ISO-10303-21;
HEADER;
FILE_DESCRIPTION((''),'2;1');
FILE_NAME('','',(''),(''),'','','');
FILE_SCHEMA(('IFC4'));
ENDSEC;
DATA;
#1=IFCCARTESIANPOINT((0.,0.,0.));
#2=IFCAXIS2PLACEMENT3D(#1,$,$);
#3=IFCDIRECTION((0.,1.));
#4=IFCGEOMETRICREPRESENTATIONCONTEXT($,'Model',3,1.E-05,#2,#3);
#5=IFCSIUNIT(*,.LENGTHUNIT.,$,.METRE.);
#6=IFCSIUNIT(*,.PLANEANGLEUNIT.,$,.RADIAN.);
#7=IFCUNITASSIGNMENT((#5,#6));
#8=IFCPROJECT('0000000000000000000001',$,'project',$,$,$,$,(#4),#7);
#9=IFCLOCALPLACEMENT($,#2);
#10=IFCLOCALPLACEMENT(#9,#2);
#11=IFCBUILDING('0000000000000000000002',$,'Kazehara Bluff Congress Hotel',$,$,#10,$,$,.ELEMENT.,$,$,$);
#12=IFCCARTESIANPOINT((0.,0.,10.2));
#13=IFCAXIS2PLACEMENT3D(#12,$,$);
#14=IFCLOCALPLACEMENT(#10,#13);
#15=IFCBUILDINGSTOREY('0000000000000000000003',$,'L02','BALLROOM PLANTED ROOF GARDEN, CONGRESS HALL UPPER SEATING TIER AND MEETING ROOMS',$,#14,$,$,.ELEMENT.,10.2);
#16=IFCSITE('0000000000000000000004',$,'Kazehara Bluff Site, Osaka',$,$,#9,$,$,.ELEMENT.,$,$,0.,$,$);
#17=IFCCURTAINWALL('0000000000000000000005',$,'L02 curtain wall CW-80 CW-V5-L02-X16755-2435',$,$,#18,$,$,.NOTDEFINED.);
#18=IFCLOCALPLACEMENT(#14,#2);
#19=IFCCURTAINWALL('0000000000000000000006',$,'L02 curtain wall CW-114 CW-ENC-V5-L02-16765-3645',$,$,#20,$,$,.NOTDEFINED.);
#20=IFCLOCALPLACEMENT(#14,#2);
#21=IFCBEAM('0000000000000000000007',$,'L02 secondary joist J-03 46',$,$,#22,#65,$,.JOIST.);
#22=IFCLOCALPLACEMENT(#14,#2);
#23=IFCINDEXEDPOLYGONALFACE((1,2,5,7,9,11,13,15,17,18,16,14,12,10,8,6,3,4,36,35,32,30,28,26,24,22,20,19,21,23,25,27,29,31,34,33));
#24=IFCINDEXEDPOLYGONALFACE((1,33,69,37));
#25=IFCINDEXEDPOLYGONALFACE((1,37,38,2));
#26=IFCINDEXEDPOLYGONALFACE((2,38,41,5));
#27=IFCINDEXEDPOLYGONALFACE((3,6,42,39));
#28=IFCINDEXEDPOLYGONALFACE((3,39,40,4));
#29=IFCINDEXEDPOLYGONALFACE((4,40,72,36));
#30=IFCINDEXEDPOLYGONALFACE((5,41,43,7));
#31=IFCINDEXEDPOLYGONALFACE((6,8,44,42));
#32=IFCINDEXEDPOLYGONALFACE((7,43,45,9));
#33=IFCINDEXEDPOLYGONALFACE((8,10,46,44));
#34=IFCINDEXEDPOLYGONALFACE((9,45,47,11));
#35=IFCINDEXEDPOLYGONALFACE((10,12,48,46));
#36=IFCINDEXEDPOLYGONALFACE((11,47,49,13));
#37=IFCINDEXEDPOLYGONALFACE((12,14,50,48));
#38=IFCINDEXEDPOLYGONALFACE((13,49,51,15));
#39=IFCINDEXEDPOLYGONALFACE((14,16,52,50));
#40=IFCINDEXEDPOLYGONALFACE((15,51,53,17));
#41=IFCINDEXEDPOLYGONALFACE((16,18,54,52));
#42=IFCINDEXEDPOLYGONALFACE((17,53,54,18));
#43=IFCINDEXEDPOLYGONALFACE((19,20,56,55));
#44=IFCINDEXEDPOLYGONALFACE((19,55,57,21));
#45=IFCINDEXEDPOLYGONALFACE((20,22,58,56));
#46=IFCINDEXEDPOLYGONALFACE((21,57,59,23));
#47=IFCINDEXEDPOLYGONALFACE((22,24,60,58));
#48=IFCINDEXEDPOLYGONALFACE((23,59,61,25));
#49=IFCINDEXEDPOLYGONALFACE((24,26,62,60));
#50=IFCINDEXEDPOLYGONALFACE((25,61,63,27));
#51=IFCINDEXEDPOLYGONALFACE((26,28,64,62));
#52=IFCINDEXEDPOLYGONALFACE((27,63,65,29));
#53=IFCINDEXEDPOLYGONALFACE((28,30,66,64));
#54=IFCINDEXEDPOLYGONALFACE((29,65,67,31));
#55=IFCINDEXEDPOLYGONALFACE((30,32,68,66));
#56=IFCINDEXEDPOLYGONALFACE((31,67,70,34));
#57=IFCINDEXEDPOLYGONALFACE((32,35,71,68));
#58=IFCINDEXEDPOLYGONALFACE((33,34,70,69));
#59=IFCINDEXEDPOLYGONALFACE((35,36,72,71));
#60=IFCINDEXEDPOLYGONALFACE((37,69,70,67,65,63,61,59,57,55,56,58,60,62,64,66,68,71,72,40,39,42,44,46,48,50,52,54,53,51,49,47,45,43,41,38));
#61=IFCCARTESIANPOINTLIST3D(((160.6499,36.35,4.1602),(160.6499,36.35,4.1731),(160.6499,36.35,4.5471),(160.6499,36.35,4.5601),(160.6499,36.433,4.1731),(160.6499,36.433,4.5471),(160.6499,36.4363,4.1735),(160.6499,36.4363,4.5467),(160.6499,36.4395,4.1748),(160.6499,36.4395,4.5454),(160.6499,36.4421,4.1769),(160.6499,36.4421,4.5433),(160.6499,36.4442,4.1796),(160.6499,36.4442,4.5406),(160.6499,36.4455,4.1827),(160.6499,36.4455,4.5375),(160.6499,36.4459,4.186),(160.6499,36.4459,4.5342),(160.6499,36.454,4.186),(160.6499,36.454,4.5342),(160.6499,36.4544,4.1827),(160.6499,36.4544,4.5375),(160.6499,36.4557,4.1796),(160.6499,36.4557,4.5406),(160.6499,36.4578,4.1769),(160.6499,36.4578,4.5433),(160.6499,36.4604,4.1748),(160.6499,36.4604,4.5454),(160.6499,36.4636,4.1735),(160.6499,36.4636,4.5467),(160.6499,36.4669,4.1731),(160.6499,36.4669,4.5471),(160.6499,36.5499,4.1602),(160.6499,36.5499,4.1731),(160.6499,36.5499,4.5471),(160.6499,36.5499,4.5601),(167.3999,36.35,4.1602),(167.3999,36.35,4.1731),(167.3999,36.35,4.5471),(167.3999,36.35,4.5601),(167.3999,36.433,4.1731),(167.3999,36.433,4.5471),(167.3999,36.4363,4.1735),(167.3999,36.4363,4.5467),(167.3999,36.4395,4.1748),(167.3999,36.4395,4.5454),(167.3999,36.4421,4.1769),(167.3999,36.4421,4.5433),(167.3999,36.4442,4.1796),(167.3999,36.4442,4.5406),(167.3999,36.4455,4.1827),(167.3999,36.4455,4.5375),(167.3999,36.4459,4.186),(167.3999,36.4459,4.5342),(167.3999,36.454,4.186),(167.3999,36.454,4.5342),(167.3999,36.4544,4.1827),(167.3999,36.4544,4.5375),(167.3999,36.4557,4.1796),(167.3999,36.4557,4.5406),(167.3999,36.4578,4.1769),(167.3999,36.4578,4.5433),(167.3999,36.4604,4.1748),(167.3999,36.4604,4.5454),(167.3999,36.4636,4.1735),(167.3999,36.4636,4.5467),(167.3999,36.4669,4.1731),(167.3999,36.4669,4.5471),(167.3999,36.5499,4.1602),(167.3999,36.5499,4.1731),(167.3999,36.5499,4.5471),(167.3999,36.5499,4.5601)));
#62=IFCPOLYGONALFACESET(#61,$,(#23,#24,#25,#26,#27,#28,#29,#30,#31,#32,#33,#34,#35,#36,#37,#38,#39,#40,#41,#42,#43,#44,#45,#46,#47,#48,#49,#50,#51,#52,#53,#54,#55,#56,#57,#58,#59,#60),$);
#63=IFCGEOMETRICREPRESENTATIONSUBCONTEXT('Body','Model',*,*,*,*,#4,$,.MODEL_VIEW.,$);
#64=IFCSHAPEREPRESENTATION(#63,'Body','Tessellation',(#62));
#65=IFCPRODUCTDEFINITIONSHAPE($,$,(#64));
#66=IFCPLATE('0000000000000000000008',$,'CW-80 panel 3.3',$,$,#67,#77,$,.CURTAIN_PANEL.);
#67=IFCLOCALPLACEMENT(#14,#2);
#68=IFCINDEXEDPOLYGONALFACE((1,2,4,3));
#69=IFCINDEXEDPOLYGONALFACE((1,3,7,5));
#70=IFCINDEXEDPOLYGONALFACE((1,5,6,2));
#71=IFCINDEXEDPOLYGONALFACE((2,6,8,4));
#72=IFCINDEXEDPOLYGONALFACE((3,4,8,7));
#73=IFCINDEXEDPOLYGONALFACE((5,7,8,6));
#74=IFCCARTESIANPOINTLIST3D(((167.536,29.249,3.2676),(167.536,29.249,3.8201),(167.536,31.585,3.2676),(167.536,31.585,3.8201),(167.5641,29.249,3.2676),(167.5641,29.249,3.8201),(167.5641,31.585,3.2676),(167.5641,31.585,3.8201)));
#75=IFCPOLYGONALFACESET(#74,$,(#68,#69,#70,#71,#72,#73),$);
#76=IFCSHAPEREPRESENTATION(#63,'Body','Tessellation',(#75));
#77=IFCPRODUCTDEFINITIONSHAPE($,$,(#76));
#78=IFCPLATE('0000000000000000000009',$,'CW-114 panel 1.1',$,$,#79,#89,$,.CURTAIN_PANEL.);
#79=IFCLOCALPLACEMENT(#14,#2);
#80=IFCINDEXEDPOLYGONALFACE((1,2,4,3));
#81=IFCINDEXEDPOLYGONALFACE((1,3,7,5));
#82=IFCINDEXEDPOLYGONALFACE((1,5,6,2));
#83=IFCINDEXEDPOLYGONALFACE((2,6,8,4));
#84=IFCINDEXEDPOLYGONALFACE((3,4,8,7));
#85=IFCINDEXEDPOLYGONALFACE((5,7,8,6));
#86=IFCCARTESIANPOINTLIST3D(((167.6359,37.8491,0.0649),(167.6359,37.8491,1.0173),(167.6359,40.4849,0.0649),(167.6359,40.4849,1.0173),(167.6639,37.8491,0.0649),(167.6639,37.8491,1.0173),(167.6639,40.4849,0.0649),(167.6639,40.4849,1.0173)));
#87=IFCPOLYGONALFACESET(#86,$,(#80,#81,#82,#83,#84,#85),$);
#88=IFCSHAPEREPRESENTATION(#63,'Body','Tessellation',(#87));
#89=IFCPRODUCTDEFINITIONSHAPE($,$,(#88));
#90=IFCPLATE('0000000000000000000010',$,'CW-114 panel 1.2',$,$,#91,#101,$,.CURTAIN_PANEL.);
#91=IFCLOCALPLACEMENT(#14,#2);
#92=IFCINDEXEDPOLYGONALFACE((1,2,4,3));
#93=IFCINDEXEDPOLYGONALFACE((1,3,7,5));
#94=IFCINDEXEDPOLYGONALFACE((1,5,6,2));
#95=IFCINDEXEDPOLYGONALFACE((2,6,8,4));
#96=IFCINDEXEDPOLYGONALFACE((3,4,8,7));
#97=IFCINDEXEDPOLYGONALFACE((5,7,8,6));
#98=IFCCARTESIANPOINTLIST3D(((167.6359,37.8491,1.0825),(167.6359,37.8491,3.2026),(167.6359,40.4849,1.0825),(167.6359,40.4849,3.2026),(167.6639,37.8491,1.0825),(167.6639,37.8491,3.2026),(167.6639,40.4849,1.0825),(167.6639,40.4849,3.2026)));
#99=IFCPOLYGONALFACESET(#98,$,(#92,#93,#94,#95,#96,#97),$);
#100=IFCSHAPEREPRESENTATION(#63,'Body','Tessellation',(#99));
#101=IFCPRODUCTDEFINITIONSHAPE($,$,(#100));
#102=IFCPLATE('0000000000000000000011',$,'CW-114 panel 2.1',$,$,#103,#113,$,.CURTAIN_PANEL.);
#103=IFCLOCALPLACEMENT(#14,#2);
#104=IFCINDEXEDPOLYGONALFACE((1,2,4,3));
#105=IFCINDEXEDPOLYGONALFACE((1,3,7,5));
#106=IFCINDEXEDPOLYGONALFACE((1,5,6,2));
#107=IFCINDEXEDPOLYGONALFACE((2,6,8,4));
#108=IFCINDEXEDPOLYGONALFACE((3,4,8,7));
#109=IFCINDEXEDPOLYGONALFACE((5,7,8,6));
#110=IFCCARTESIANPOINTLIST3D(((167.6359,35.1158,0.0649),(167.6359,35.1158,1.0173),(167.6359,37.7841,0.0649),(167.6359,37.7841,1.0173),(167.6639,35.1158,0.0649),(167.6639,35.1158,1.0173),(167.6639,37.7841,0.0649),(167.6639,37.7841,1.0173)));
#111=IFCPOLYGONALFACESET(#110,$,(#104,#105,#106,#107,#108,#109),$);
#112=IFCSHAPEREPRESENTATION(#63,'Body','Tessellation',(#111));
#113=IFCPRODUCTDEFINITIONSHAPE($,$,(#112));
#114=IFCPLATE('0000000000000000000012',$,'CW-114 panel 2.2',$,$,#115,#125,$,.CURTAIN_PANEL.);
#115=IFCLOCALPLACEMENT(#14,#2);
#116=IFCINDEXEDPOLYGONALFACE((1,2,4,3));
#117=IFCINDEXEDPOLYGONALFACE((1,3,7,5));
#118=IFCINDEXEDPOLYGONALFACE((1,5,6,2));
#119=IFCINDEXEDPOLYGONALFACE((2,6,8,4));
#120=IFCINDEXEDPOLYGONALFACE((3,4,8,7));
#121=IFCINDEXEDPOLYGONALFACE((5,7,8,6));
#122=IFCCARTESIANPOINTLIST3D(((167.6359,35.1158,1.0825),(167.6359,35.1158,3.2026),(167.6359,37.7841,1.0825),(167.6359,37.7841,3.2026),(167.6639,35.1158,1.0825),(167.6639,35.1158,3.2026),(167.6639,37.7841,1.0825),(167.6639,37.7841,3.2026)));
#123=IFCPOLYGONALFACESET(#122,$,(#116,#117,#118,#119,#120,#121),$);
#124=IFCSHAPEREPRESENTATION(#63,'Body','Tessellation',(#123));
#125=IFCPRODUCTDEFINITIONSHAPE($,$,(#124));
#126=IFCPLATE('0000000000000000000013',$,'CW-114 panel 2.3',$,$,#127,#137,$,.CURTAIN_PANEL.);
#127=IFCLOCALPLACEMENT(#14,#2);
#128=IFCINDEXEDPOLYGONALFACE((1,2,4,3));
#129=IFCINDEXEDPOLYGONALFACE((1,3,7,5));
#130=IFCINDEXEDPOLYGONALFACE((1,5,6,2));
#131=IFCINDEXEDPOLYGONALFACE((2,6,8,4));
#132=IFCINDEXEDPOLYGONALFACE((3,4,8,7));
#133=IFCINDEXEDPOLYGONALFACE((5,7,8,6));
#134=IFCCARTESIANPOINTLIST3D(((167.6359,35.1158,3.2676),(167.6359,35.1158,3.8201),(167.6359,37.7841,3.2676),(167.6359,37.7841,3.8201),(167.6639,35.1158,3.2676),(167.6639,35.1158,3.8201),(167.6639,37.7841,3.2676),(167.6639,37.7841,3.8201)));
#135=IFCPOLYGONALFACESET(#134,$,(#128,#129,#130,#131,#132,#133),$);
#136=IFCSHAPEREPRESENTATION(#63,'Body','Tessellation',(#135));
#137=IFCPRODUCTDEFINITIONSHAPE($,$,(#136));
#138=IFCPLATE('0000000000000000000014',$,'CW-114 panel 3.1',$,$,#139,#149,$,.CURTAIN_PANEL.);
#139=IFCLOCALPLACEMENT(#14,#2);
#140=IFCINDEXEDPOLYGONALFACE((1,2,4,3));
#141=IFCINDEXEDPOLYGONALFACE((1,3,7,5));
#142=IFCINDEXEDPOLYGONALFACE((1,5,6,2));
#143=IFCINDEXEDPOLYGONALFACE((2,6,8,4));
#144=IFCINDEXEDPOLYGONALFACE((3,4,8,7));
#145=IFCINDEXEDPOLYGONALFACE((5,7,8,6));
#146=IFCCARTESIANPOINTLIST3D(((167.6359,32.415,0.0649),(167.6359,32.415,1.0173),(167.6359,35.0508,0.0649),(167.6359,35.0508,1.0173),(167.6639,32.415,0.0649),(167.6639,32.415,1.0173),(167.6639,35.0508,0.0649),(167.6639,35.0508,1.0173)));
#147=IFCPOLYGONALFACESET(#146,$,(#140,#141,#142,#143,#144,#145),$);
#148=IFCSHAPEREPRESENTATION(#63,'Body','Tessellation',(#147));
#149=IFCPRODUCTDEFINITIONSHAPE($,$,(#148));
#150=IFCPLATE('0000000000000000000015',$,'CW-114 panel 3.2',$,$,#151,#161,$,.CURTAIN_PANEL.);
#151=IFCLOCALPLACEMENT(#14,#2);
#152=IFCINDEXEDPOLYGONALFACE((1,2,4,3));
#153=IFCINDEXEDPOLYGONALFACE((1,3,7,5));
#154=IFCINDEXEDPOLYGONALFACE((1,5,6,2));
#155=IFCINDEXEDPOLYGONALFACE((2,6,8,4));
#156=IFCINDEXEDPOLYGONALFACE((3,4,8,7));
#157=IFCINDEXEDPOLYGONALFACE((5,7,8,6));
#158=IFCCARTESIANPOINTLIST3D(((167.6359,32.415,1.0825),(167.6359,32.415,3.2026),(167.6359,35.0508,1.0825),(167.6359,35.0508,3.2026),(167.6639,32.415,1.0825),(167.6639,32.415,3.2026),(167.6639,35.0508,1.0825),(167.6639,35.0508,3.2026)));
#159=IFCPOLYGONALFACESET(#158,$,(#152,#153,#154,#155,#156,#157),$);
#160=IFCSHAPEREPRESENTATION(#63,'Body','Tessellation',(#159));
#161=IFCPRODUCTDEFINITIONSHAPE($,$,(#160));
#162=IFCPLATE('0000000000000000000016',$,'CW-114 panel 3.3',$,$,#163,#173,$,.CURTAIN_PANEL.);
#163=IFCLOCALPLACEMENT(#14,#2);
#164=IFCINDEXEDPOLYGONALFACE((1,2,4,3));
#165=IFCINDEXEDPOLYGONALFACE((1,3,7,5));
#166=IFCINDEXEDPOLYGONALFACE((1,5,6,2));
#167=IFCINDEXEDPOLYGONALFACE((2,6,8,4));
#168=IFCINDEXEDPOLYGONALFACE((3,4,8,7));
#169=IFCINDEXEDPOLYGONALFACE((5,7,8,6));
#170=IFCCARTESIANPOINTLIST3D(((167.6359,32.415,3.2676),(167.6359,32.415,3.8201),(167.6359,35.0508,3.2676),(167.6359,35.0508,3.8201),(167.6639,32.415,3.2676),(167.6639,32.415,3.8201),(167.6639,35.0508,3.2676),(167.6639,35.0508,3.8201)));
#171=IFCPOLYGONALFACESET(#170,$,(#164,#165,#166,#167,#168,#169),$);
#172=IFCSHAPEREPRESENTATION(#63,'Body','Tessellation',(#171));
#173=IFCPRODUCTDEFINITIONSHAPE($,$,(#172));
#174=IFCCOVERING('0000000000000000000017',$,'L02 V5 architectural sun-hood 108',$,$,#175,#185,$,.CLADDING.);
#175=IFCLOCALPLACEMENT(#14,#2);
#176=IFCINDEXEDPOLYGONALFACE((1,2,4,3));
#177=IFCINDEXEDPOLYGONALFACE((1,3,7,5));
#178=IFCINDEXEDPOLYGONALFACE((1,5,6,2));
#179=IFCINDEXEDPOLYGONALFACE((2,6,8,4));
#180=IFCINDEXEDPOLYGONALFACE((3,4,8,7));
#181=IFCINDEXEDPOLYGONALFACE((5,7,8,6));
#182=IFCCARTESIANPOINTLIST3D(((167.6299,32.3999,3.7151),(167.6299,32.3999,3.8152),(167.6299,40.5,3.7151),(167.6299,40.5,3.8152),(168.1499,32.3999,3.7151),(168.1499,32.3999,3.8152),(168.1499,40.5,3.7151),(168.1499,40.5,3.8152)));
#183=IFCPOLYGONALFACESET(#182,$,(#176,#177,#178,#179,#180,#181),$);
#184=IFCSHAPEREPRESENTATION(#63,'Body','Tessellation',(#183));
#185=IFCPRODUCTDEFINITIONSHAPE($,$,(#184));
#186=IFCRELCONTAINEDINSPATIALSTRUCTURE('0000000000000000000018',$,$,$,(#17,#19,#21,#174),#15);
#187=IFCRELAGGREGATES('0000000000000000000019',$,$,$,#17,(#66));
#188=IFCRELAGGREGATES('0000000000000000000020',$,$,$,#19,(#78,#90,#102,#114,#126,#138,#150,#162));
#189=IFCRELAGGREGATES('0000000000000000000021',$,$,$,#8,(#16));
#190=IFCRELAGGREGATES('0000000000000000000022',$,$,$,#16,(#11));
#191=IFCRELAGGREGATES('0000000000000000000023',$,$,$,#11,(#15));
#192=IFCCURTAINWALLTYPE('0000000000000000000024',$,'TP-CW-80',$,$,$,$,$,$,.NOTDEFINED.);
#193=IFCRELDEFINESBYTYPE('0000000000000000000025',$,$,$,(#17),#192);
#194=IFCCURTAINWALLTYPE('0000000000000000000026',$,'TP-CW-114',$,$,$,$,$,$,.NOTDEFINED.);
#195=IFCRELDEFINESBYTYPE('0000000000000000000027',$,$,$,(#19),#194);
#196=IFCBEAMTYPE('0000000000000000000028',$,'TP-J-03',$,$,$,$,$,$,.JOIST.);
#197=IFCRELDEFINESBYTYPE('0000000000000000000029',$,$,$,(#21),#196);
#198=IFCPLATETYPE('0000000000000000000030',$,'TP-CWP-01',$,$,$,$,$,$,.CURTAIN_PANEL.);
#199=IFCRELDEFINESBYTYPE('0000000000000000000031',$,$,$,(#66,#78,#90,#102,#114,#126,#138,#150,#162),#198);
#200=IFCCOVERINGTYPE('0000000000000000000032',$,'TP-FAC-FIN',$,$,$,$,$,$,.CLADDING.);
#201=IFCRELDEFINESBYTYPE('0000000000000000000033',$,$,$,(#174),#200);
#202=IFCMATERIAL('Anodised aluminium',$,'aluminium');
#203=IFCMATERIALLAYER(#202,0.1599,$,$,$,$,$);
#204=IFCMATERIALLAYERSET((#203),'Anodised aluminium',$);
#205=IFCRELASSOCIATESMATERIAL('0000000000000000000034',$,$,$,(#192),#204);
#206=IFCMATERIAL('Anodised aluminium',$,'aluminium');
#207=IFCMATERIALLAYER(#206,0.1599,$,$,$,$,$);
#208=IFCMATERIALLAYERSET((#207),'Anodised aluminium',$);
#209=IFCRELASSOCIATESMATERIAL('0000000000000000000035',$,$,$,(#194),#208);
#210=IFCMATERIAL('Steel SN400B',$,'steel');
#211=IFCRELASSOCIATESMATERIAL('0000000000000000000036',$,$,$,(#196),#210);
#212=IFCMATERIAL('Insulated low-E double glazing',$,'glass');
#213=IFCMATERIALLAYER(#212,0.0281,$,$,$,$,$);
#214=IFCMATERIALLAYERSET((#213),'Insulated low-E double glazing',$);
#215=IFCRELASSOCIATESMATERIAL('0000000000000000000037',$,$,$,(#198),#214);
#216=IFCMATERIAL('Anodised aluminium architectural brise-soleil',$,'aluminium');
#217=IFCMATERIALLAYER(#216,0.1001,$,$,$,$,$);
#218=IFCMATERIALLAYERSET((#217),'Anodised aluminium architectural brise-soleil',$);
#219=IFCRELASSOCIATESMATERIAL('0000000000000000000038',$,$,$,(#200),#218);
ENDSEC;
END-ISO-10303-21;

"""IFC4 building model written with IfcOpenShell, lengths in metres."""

from ifc_helpers import new_model, si_unit, direction, frame, origin, origin_2d, place, context, subcontext, project, spatial, rectangle, i_section, extrude, material, layer, layer_set, material_profile, profile_set, type_object, element, aggregate, save


model = new_model("IFC4")

# Units and contexts
model_context = context("Model", 3, precision=1e-05, world=origin(), true_north=direction((0.0, 1.0)))
body_context = subcontext(model_context, "Body", "Model", "MODEL_VIEW")
ifc_project = project(units=[si_unit("LENGTHUNIT", "METRE"), si_unit("PLANEANGLEUNIT", "RADIAN")], contexts=[model_context])

# Site, building, storey
site_placement = place(None, origin())
site = spatial("IfcSite", under=ifc_project, at=site_placement, Name="Kazehara Bluff Site, Osaka", CompositionType="ELEMENT", RefElevation=0.0)
building_placement = place(site_placement, origin())
building = spatial("IfcBuilding", under=site, at=building_placement, Name="Kazehara Bluff Congress Hotel", CompositionType="ELEMENT")
storey_placement = place(building_placement, frame((0.0, 0.0, 10.2)))
storey = spatial("IfcBuildingStorey", under=building, at=storey_placement, Name="L02", Description="BALLROOM PLANTED ROOF GARDEN, CONGRESS HALL UPPER SEATING TIER AND MEETING ROOMS", CompositionType="ELEMENT", Elevation=10.2)

# Curtain wall
ifc_material_1 = material(Name="Anodised aluminium", Category="aluminium")
ifc_layer_1 = layer(ifc_material_1, 0.1599)
ifc_layer_set_1 = layer_set([ifc_layer_1], Name="Anodised aluminium")
curtain_wall_type_1 = type_object("IfcCurtainWallType", Name="TP-CW-80", PredefinedType="NOTDEFINED", material=ifc_layer_set_1)
curtain_wall_1_placement = place(storey_placement, origin())
curtain_wall_1 = element("IfcCurtainWall", 1, at=curtain_wall_1_placement, inside=storey, type_object=curtain_wall_type_1, Name="L02 curtain wall CW-80 CW-V5-L02-X16755-2435", PredefinedType="NOTDEFINED")

# Curtain wall
ifc_material_2 = material(Name="Anodised aluminium", Category="aluminium")
ifc_layer_2 = layer(ifc_material_2, 0.1599)
ifc_layer_set_2 = layer_set([ifc_layer_2], Name="Anodised aluminium")
curtain_wall_type_2 = type_object("IfcCurtainWallType", Name="TP-CW-114", PredefinedType="NOTDEFINED", material=ifc_layer_set_2)
curtain_wall_2_placement = place(storey_placement, origin())
curtain_wall_2 = element("IfcCurtainWall", 2, at=curtain_wall_2_placement, inside=storey, type_object=curtain_wall_type_2, Name="L02 curtain wall CW-114 CW-ENC-V5-L02-16765-3645", PredefinedType="NOTDEFINED")

# Beam
ifc_material_3 = material(Name="Steel SN400B", Category="steel")
ifc_material_profile_1 = material_profile(ifc_material_3, i_section(OverallWidth=0.2, OverallDepth=0.3999, WebThickness=0.0081, FlangeThickness=0.0129, FilletRadius=0.0129, at=origin_2d()))
ifc_profile_set_1 = profile_set([ifc_material_profile_1], Name="Steel SN400B")
beam_type_1 = type_object("IfcBeamType", Name="TP-J-03", PredefinedType="JOIST", material=ifc_profile_set_1)
beam_1_placement = place(storey_placement, frame((160.6499, 36.45, 4.3601), z_axis=(1.0, 0.0, 0.0), x_axis=(0.0, 1.0, 0.0)))
element("IfcBeam", 3, at=beam_1_placement, inside=storey, type_object=beam_type_1, Name="L02 secondary joist J-03 46", PredefinedType="JOIST", context=body_context, shape_type="SweptSolid", body=[
    extrude(i_section(OverallWidth=0.2, OverallDepth=0.3999, WebThickness=0.0081, FlangeThickness=0.0129, FilletRadius=0.0129, at=origin_2d()), origin(), (0.0, 0.0, 1.0), 6.75),
])

# Plates
ifc_material_4 = material(Name="Insulated low-E double glazing", Category="glass")
ifc_layer_3 = layer(ifc_material_4, 0.0281)
ifc_layer_set_3 = layer_set([ifc_layer_3], Name="Insulated low-E double glazing")
plate_type = type_object("IfcPlateType", Name="TP-CWP-01", PredefinedType="CURTAIN_PANEL", material=ifc_layer_set_3)
plate_1_placement = place(storey_placement, frame((167.55, 30.417, 3.2676), z_axis=(0.0, 0.0, 1.0), x_axis=(0.0, 1.0, 0.0)))
plate_1 = element("IfcPlate", 4, at=plate_1_placement, type_object=plate_type, Name="CW-80 panel 3.3", PredefinedType="CURTAIN_PANEL", context=body_context, shape_type="SweptSolid", body=[
    extrude(rectangle(XDim=2.3359, YDim=0.0281, at=origin_2d()), origin(), (0.0, 0.0, 1.0), 0.5525),
])
aggregate(curtain_wall_1, [plate_1])
plate_2_placement = place(storey_placement, frame((167.6499, 39.167, 0.0649), z_axis=(0.0, 0.0, 1.0), x_axis=(0.0, -1.0, 0.0)))
plate_2 = element("IfcPlate", 5, at=plate_2_placement, type_object=plate_type, Name="CW-114 panel 1.1", PredefinedType="CURTAIN_PANEL", context=body_context, shape_type="SweptSolid", body=[
    extrude(rectangle(XDim=2.6357, YDim=0.0281, at=origin_2d()), origin(), (0.0, 0.0, 1.0), 0.9524),
])
plate_3_placement = place(storey_placement, frame((167.6499, 39.167, 1.0825), z_axis=(0.0, 0.0, 1.0), x_axis=(0.0, -1.0, 0.0)))
plate_3 = element("IfcPlate", 6, at=plate_3_placement, type_object=plate_type, Name="CW-114 panel 1.2", PredefinedType="CURTAIN_PANEL", context=body_context, shape_type="SweptSolid", body=[
    extrude(rectangle(XDim=2.6357, YDim=0.0281, at=origin_2d()), origin(), (0.0, 0.0, 1.0), 2.1201),
])
plate_4_placement = place(storey_placement, frame((167.6499, 36.45, 0.0649), z_axis=(0.0, 0.0, 1.0), x_axis=(0.0, -1.0, 0.0)))
plate_4 = element("IfcPlate", 7, at=plate_4_placement, type_object=plate_type, Name="CW-114 panel 2.1", PredefinedType="CURTAIN_PANEL", context=body_context, shape_type="SweptSolid", body=[
    extrude(rectangle(XDim=2.6682, YDim=0.0281, at=origin_2d()), origin(), (0.0, 0.0, 1.0), 0.9524),
])
plate_5_placement = place(storey_placement, frame((167.6499, 36.45, 1.0825), z_axis=(0.0, 0.0, 1.0), x_axis=(0.0, -1.0, 0.0)))
plate_5 = element("IfcPlate", 8, at=plate_5_placement, type_object=plate_type, Name="CW-114 panel 2.2", PredefinedType="CURTAIN_PANEL", context=body_context, shape_type="SweptSolid", body=[
    extrude(rectangle(XDim=2.6682, YDim=0.0281, at=origin_2d()), origin(), (0.0, 0.0, 1.0), 2.1201),
])
plate_6_placement = place(storey_placement, frame((167.6499, 36.45, 3.2676), z_axis=(0.0, 0.0, 1.0), x_axis=(0.0, -1.0, 0.0)))
plate_6 = element("IfcPlate", 9, at=plate_6_placement, type_object=plate_type, Name="CW-114 panel 2.3", PredefinedType="CURTAIN_PANEL", context=body_context, shape_type="SweptSolid", body=[
    extrude(rectangle(XDim=2.6682, YDim=0.0281, at=origin_2d()), origin(), (0.0, 0.0, 1.0), 0.5525),
])
plate_7_placement = place(storey_placement, frame((167.6499, 33.7329, 0.0649), z_axis=(0.0, 0.0, 1.0), x_axis=(0.0, -1.0, 0.0)))
plate_7 = element("IfcPlate", 10, at=plate_7_placement, type_object=plate_type, Name="CW-114 panel 3.1", PredefinedType="CURTAIN_PANEL", context=body_context, shape_type="SweptSolid", body=[
    extrude(rectangle(XDim=2.6357, YDim=0.0281, at=origin_2d()), origin(), (0.0, 0.0, 1.0), 0.9524),
])
plate_8_placement = place(storey_placement, frame((167.6499, 33.7329, 1.0825), z_axis=(0.0, 0.0, 1.0), x_axis=(0.0, -1.0, 0.0)))
plate_8 = element("IfcPlate", 11, at=plate_8_placement, type_object=plate_type, Name="CW-114 panel 3.2", PredefinedType="CURTAIN_PANEL", context=body_context, shape_type="SweptSolid", body=[
    extrude(rectangle(XDim=2.6357, YDim=0.0281, at=origin_2d()), origin(), (0.0, 0.0, 1.0), 2.1201),
])
plate_9_placement = place(storey_placement, frame((167.6499, 33.7329, 3.2676), z_axis=(0.0, 0.0, 1.0), x_axis=(0.0, -1.0, 0.0)))
plate_9 = element("IfcPlate", 12, at=plate_9_placement, type_object=plate_type, Name="CW-114 panel 3.3", PredefinedType="CURTAIN_PANEL", context=body_context, shape_type="SweptSolid", body=[
    extrude(rectangle(XDim=2.6357, YDim=0.0281, at=origin_2d()), origin(), (0.0, 0.0, 1.0), 0.5525),
])
aggregate(curtain_wall_2, [plate_2, plate_3, plate_4, plate_5, plate_6, plate_7, plate_8, plate_9])

# Covering
ifc_material_5 = material(Name="Anodised aluminium architectural brise-soleil", Category="aluminium")
ifc_layer_4 = layer(ifc_material_5, 0.1001)
ifc_layer_set_4 = layer_set([ifc_layer_4], Name="Anodised aluminium architectural brise-soleil")
covering_type = type_object("IfcCoveringType", Name="TP-FAC-FIN", PredefinedType="CLADDING", material=ifc_layer_set_4)
covering_placement = place(storey_placement, frame((167.8899, 36.45, 3.7151), z_axis=(0.0, 0.0, 1.0), x_axis=(1.0, 0.0, 0.0)))
element("IfcCovering", 13, at=covering_placement, inside=storey, type_object=covering_type, Name="L02 V5 architectural sun-hood 108", PredefinedType="CLADDING", context=body_context, shape_type="SweptSolid", body=[
    extrude(rectangle(XDim=0.52, YDim=8.1001, at=origin_2d()), origin(), (0.0, 0.0, 1.0), 0.1001),
])

save(model, "model.ifc")
